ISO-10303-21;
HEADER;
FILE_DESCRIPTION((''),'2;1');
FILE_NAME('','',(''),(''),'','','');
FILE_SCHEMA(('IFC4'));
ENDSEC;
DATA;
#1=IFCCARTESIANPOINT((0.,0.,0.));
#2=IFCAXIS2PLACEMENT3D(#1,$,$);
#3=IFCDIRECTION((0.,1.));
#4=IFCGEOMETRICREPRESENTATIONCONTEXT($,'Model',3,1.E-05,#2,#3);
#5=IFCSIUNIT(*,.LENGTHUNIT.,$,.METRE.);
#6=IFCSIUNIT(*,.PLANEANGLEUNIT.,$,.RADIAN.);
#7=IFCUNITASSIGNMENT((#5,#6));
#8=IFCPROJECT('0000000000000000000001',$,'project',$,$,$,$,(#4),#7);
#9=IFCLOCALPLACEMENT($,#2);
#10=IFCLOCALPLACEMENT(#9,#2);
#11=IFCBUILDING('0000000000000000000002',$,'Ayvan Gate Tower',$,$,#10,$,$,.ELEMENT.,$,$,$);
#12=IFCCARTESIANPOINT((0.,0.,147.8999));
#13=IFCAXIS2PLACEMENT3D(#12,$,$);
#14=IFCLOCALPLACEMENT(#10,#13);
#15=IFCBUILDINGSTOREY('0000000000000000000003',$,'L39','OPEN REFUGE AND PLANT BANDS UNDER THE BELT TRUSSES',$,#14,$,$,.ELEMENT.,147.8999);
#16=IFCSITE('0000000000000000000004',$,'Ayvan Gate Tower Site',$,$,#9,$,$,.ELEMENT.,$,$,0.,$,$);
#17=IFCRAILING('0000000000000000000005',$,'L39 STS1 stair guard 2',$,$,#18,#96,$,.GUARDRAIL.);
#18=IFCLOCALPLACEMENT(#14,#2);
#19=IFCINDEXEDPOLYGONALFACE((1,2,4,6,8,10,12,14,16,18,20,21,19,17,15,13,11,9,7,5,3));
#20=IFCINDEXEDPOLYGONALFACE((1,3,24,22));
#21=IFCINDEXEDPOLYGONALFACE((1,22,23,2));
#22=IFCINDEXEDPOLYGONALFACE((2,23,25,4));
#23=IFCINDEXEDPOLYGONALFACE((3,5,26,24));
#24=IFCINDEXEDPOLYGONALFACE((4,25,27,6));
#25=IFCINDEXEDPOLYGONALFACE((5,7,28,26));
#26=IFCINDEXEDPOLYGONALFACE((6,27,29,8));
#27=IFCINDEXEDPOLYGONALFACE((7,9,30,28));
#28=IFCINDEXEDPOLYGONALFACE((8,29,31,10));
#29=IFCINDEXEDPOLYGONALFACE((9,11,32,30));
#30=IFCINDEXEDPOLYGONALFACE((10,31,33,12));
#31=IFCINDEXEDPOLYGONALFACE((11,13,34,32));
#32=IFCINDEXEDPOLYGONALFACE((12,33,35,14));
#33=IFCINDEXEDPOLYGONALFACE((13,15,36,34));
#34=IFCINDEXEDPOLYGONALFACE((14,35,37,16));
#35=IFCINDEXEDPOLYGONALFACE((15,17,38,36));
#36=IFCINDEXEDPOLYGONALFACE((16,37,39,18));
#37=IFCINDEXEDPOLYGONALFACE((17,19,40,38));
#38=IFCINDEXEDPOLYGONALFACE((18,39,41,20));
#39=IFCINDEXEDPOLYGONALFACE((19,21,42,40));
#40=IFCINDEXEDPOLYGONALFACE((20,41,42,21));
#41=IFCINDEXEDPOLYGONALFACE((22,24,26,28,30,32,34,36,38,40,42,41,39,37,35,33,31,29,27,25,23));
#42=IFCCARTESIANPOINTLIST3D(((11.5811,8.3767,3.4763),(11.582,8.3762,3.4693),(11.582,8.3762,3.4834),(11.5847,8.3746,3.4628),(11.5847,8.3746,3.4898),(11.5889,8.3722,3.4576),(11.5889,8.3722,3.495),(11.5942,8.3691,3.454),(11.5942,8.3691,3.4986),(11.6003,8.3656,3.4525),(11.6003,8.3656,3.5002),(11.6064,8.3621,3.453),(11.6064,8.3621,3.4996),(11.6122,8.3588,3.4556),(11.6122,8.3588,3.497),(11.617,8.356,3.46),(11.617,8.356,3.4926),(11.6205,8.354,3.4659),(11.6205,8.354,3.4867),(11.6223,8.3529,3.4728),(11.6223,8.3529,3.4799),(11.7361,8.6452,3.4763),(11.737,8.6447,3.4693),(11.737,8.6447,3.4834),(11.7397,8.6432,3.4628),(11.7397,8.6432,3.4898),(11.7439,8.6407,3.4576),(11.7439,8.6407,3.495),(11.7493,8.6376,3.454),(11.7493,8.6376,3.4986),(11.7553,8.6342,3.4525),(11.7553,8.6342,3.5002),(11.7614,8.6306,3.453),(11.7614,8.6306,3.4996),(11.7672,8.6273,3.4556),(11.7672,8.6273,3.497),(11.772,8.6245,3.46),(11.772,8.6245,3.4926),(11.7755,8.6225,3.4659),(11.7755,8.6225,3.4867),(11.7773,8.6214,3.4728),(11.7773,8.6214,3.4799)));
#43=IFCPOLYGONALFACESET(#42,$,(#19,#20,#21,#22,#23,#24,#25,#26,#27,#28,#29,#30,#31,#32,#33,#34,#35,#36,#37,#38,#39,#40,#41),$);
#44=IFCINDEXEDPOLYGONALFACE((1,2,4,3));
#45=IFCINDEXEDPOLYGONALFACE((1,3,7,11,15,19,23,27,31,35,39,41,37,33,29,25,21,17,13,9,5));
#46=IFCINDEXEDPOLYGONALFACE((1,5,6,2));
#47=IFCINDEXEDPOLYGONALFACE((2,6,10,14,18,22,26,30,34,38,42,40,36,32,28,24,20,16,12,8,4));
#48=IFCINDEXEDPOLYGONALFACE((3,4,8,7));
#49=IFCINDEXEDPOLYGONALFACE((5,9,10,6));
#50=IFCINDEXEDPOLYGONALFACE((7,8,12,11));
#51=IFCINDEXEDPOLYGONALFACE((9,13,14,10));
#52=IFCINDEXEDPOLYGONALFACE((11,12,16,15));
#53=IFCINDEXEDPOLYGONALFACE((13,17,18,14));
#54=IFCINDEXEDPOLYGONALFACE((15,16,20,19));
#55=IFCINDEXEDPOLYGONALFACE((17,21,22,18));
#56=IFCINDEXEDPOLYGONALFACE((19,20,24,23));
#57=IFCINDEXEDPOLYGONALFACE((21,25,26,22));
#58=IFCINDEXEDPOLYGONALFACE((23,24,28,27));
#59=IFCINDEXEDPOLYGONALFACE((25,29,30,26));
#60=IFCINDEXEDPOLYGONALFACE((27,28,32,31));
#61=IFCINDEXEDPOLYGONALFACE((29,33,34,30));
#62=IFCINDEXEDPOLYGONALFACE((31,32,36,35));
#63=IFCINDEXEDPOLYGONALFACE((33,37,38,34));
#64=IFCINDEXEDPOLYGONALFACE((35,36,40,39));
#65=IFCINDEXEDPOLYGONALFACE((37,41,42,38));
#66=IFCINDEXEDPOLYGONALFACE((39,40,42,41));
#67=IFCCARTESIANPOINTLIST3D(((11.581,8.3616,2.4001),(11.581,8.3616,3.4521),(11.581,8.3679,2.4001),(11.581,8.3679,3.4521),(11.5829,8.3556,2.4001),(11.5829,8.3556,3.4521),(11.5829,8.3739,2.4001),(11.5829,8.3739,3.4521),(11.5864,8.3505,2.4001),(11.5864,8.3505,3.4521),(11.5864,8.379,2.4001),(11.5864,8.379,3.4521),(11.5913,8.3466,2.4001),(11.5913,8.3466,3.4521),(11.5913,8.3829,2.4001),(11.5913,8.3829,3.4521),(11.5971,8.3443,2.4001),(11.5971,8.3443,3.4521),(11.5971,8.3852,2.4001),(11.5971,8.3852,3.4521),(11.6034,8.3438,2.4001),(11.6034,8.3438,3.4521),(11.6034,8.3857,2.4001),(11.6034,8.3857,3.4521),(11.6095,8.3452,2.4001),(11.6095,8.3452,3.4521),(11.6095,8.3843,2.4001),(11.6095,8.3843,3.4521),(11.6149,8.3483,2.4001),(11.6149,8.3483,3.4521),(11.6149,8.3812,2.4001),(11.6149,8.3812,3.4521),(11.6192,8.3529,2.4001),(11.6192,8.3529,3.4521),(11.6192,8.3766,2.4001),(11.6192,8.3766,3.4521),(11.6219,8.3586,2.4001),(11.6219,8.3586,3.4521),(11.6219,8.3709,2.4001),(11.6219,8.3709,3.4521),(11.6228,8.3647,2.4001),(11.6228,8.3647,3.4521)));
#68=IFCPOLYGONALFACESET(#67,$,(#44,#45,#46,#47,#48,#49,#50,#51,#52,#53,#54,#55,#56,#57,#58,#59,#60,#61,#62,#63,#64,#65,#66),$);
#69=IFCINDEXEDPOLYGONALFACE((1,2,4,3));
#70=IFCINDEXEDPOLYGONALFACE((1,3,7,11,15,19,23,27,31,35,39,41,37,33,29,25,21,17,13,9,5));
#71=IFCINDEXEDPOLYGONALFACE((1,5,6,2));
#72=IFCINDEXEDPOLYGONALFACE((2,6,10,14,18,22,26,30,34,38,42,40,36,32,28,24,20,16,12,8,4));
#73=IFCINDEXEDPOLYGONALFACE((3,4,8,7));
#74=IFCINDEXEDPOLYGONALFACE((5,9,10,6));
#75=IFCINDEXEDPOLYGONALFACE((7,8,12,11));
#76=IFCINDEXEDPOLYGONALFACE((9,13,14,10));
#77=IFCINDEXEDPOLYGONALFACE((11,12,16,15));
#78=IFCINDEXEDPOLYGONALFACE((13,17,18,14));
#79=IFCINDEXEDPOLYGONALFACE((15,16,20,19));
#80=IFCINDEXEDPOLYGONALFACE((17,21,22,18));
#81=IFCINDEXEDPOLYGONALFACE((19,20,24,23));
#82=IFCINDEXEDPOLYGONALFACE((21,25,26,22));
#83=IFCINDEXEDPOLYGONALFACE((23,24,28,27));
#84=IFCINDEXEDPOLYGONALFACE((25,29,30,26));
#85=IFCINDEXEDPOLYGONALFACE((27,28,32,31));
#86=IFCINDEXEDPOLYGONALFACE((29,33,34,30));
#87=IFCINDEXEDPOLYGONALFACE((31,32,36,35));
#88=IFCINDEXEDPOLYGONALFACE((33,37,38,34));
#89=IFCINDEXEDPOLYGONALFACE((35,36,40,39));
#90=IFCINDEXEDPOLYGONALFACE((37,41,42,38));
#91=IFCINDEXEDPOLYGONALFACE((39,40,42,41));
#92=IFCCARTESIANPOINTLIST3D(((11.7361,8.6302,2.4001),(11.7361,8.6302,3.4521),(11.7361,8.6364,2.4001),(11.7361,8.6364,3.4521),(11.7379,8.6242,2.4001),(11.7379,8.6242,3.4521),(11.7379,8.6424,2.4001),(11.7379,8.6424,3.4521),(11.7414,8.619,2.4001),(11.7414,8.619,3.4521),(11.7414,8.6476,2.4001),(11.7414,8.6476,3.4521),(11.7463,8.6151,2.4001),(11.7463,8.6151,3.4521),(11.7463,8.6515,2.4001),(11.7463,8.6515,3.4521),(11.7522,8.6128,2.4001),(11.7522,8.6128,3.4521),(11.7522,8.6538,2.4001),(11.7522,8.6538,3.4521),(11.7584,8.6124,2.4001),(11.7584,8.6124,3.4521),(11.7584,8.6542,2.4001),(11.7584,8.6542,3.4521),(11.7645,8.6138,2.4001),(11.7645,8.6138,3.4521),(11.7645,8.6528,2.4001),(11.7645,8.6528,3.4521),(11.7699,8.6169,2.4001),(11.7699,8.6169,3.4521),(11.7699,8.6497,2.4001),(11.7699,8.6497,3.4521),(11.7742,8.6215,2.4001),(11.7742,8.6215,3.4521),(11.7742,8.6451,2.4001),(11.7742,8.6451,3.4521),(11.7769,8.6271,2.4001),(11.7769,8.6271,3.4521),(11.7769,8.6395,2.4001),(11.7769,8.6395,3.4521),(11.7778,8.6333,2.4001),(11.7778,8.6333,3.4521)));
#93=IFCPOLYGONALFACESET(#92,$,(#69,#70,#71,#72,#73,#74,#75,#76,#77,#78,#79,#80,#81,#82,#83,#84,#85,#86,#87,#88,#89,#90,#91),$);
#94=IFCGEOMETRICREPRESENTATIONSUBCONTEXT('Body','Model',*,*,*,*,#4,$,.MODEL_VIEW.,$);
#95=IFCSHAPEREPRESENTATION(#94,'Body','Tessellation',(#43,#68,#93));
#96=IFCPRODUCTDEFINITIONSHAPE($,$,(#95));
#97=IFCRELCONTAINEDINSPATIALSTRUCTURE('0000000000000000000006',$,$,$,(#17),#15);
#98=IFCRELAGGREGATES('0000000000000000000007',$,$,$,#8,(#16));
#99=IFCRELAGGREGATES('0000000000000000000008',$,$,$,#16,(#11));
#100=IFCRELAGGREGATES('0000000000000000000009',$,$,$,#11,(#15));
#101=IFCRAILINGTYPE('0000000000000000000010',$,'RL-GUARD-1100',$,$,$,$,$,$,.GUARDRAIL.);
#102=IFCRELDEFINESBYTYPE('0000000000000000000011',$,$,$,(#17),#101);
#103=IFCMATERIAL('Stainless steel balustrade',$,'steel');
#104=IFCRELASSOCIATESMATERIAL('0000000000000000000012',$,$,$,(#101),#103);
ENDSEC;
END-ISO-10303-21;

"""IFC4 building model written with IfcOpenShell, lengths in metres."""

from ifc_helpers import new_model, si_unit, direction, frame, origin, origin_2d, place, context, subcontext, project, spatial, circle, extrude, material, type_object, element, save


model = new_model("IFC4")

# Units and contexts
model_context = context("Model", 3, precision=1e-05, world=origin(), true_north=direction((0.0, 1.0)))
body_context = subcontext(model_context, "Body", "Model", "MODEL_VIEW")
ifc_project = project(units=[si_unit("LENGTHUNIT", "METRE"), si_unit("PLANEANGLEUNIT", "RADIAN")], contexts=[model_context])

# Site, building, storey
site_placement = place(None, origin())
site = spatial("IfcSite", under=ifc_project, at=site_placement, Name="Ayvan Gate Tower Site", CompositionType="ELEMENT", RefElevation=0.0)
building_placement = place(site_placement, origin())
building = spatial("IfcBuilding", under=site, at=building_placement, Name="Ayvan Gate Tower", CompositionType="ELEMENT")
storey_placement = place(building_placement, frame((0.0, 0.0, 147.8999)))
storey = spatial("IfcBuildingStorey", under=building, at=storey_placement, Name="L39", Description="OPEN REFUGE AND PLANT BANDS UNDER THE BELT TRUSSES", CompositionType="ELEMENT", Elevation=147.8999)

# Railing
ifc_material_1 = material(Name="Stainless steel balustrade", Category="steel")
railing_type_1 = type_object("IfcRailingType", Name="RL-GUARD-1100", PredefinedType="GUARDRAIL", material=ifc_material_1)
railing_1_placement = place(storey_placement, frame((11.6018, 8.3647, 2.4001)))
element("IfcRailing", 1, at=railing_1_placement, inside=storey, type_object=railing_type_1, Name="L39 STS1 stair guard 2", PredefinedType="GUARDRAIL", context=body_context, shape_type="SweptSolid", body=[
    extrude(circle(Radius=0.0239, at=origin_2d()), frame((0.0, 0.0, 1.0762), z_axis=(0.49995, 0.866054, 0.0), x_axis=(-0.866054, 0.49995, 0.0)), (0.0, 0.0, 1.0), 0.3101),
    extrude(circle(Radius=0.021, at=origin_2d()), origin(), (0.0, 0.0, 1.0), 1.052),
    extrude(circle(Radius=0.021, at=origin_2d()), frame((0.155, 0.2686, 0.0)), (0.0, 0.0, 1.0), 1.052),
])

save(model, "model.ifc")
